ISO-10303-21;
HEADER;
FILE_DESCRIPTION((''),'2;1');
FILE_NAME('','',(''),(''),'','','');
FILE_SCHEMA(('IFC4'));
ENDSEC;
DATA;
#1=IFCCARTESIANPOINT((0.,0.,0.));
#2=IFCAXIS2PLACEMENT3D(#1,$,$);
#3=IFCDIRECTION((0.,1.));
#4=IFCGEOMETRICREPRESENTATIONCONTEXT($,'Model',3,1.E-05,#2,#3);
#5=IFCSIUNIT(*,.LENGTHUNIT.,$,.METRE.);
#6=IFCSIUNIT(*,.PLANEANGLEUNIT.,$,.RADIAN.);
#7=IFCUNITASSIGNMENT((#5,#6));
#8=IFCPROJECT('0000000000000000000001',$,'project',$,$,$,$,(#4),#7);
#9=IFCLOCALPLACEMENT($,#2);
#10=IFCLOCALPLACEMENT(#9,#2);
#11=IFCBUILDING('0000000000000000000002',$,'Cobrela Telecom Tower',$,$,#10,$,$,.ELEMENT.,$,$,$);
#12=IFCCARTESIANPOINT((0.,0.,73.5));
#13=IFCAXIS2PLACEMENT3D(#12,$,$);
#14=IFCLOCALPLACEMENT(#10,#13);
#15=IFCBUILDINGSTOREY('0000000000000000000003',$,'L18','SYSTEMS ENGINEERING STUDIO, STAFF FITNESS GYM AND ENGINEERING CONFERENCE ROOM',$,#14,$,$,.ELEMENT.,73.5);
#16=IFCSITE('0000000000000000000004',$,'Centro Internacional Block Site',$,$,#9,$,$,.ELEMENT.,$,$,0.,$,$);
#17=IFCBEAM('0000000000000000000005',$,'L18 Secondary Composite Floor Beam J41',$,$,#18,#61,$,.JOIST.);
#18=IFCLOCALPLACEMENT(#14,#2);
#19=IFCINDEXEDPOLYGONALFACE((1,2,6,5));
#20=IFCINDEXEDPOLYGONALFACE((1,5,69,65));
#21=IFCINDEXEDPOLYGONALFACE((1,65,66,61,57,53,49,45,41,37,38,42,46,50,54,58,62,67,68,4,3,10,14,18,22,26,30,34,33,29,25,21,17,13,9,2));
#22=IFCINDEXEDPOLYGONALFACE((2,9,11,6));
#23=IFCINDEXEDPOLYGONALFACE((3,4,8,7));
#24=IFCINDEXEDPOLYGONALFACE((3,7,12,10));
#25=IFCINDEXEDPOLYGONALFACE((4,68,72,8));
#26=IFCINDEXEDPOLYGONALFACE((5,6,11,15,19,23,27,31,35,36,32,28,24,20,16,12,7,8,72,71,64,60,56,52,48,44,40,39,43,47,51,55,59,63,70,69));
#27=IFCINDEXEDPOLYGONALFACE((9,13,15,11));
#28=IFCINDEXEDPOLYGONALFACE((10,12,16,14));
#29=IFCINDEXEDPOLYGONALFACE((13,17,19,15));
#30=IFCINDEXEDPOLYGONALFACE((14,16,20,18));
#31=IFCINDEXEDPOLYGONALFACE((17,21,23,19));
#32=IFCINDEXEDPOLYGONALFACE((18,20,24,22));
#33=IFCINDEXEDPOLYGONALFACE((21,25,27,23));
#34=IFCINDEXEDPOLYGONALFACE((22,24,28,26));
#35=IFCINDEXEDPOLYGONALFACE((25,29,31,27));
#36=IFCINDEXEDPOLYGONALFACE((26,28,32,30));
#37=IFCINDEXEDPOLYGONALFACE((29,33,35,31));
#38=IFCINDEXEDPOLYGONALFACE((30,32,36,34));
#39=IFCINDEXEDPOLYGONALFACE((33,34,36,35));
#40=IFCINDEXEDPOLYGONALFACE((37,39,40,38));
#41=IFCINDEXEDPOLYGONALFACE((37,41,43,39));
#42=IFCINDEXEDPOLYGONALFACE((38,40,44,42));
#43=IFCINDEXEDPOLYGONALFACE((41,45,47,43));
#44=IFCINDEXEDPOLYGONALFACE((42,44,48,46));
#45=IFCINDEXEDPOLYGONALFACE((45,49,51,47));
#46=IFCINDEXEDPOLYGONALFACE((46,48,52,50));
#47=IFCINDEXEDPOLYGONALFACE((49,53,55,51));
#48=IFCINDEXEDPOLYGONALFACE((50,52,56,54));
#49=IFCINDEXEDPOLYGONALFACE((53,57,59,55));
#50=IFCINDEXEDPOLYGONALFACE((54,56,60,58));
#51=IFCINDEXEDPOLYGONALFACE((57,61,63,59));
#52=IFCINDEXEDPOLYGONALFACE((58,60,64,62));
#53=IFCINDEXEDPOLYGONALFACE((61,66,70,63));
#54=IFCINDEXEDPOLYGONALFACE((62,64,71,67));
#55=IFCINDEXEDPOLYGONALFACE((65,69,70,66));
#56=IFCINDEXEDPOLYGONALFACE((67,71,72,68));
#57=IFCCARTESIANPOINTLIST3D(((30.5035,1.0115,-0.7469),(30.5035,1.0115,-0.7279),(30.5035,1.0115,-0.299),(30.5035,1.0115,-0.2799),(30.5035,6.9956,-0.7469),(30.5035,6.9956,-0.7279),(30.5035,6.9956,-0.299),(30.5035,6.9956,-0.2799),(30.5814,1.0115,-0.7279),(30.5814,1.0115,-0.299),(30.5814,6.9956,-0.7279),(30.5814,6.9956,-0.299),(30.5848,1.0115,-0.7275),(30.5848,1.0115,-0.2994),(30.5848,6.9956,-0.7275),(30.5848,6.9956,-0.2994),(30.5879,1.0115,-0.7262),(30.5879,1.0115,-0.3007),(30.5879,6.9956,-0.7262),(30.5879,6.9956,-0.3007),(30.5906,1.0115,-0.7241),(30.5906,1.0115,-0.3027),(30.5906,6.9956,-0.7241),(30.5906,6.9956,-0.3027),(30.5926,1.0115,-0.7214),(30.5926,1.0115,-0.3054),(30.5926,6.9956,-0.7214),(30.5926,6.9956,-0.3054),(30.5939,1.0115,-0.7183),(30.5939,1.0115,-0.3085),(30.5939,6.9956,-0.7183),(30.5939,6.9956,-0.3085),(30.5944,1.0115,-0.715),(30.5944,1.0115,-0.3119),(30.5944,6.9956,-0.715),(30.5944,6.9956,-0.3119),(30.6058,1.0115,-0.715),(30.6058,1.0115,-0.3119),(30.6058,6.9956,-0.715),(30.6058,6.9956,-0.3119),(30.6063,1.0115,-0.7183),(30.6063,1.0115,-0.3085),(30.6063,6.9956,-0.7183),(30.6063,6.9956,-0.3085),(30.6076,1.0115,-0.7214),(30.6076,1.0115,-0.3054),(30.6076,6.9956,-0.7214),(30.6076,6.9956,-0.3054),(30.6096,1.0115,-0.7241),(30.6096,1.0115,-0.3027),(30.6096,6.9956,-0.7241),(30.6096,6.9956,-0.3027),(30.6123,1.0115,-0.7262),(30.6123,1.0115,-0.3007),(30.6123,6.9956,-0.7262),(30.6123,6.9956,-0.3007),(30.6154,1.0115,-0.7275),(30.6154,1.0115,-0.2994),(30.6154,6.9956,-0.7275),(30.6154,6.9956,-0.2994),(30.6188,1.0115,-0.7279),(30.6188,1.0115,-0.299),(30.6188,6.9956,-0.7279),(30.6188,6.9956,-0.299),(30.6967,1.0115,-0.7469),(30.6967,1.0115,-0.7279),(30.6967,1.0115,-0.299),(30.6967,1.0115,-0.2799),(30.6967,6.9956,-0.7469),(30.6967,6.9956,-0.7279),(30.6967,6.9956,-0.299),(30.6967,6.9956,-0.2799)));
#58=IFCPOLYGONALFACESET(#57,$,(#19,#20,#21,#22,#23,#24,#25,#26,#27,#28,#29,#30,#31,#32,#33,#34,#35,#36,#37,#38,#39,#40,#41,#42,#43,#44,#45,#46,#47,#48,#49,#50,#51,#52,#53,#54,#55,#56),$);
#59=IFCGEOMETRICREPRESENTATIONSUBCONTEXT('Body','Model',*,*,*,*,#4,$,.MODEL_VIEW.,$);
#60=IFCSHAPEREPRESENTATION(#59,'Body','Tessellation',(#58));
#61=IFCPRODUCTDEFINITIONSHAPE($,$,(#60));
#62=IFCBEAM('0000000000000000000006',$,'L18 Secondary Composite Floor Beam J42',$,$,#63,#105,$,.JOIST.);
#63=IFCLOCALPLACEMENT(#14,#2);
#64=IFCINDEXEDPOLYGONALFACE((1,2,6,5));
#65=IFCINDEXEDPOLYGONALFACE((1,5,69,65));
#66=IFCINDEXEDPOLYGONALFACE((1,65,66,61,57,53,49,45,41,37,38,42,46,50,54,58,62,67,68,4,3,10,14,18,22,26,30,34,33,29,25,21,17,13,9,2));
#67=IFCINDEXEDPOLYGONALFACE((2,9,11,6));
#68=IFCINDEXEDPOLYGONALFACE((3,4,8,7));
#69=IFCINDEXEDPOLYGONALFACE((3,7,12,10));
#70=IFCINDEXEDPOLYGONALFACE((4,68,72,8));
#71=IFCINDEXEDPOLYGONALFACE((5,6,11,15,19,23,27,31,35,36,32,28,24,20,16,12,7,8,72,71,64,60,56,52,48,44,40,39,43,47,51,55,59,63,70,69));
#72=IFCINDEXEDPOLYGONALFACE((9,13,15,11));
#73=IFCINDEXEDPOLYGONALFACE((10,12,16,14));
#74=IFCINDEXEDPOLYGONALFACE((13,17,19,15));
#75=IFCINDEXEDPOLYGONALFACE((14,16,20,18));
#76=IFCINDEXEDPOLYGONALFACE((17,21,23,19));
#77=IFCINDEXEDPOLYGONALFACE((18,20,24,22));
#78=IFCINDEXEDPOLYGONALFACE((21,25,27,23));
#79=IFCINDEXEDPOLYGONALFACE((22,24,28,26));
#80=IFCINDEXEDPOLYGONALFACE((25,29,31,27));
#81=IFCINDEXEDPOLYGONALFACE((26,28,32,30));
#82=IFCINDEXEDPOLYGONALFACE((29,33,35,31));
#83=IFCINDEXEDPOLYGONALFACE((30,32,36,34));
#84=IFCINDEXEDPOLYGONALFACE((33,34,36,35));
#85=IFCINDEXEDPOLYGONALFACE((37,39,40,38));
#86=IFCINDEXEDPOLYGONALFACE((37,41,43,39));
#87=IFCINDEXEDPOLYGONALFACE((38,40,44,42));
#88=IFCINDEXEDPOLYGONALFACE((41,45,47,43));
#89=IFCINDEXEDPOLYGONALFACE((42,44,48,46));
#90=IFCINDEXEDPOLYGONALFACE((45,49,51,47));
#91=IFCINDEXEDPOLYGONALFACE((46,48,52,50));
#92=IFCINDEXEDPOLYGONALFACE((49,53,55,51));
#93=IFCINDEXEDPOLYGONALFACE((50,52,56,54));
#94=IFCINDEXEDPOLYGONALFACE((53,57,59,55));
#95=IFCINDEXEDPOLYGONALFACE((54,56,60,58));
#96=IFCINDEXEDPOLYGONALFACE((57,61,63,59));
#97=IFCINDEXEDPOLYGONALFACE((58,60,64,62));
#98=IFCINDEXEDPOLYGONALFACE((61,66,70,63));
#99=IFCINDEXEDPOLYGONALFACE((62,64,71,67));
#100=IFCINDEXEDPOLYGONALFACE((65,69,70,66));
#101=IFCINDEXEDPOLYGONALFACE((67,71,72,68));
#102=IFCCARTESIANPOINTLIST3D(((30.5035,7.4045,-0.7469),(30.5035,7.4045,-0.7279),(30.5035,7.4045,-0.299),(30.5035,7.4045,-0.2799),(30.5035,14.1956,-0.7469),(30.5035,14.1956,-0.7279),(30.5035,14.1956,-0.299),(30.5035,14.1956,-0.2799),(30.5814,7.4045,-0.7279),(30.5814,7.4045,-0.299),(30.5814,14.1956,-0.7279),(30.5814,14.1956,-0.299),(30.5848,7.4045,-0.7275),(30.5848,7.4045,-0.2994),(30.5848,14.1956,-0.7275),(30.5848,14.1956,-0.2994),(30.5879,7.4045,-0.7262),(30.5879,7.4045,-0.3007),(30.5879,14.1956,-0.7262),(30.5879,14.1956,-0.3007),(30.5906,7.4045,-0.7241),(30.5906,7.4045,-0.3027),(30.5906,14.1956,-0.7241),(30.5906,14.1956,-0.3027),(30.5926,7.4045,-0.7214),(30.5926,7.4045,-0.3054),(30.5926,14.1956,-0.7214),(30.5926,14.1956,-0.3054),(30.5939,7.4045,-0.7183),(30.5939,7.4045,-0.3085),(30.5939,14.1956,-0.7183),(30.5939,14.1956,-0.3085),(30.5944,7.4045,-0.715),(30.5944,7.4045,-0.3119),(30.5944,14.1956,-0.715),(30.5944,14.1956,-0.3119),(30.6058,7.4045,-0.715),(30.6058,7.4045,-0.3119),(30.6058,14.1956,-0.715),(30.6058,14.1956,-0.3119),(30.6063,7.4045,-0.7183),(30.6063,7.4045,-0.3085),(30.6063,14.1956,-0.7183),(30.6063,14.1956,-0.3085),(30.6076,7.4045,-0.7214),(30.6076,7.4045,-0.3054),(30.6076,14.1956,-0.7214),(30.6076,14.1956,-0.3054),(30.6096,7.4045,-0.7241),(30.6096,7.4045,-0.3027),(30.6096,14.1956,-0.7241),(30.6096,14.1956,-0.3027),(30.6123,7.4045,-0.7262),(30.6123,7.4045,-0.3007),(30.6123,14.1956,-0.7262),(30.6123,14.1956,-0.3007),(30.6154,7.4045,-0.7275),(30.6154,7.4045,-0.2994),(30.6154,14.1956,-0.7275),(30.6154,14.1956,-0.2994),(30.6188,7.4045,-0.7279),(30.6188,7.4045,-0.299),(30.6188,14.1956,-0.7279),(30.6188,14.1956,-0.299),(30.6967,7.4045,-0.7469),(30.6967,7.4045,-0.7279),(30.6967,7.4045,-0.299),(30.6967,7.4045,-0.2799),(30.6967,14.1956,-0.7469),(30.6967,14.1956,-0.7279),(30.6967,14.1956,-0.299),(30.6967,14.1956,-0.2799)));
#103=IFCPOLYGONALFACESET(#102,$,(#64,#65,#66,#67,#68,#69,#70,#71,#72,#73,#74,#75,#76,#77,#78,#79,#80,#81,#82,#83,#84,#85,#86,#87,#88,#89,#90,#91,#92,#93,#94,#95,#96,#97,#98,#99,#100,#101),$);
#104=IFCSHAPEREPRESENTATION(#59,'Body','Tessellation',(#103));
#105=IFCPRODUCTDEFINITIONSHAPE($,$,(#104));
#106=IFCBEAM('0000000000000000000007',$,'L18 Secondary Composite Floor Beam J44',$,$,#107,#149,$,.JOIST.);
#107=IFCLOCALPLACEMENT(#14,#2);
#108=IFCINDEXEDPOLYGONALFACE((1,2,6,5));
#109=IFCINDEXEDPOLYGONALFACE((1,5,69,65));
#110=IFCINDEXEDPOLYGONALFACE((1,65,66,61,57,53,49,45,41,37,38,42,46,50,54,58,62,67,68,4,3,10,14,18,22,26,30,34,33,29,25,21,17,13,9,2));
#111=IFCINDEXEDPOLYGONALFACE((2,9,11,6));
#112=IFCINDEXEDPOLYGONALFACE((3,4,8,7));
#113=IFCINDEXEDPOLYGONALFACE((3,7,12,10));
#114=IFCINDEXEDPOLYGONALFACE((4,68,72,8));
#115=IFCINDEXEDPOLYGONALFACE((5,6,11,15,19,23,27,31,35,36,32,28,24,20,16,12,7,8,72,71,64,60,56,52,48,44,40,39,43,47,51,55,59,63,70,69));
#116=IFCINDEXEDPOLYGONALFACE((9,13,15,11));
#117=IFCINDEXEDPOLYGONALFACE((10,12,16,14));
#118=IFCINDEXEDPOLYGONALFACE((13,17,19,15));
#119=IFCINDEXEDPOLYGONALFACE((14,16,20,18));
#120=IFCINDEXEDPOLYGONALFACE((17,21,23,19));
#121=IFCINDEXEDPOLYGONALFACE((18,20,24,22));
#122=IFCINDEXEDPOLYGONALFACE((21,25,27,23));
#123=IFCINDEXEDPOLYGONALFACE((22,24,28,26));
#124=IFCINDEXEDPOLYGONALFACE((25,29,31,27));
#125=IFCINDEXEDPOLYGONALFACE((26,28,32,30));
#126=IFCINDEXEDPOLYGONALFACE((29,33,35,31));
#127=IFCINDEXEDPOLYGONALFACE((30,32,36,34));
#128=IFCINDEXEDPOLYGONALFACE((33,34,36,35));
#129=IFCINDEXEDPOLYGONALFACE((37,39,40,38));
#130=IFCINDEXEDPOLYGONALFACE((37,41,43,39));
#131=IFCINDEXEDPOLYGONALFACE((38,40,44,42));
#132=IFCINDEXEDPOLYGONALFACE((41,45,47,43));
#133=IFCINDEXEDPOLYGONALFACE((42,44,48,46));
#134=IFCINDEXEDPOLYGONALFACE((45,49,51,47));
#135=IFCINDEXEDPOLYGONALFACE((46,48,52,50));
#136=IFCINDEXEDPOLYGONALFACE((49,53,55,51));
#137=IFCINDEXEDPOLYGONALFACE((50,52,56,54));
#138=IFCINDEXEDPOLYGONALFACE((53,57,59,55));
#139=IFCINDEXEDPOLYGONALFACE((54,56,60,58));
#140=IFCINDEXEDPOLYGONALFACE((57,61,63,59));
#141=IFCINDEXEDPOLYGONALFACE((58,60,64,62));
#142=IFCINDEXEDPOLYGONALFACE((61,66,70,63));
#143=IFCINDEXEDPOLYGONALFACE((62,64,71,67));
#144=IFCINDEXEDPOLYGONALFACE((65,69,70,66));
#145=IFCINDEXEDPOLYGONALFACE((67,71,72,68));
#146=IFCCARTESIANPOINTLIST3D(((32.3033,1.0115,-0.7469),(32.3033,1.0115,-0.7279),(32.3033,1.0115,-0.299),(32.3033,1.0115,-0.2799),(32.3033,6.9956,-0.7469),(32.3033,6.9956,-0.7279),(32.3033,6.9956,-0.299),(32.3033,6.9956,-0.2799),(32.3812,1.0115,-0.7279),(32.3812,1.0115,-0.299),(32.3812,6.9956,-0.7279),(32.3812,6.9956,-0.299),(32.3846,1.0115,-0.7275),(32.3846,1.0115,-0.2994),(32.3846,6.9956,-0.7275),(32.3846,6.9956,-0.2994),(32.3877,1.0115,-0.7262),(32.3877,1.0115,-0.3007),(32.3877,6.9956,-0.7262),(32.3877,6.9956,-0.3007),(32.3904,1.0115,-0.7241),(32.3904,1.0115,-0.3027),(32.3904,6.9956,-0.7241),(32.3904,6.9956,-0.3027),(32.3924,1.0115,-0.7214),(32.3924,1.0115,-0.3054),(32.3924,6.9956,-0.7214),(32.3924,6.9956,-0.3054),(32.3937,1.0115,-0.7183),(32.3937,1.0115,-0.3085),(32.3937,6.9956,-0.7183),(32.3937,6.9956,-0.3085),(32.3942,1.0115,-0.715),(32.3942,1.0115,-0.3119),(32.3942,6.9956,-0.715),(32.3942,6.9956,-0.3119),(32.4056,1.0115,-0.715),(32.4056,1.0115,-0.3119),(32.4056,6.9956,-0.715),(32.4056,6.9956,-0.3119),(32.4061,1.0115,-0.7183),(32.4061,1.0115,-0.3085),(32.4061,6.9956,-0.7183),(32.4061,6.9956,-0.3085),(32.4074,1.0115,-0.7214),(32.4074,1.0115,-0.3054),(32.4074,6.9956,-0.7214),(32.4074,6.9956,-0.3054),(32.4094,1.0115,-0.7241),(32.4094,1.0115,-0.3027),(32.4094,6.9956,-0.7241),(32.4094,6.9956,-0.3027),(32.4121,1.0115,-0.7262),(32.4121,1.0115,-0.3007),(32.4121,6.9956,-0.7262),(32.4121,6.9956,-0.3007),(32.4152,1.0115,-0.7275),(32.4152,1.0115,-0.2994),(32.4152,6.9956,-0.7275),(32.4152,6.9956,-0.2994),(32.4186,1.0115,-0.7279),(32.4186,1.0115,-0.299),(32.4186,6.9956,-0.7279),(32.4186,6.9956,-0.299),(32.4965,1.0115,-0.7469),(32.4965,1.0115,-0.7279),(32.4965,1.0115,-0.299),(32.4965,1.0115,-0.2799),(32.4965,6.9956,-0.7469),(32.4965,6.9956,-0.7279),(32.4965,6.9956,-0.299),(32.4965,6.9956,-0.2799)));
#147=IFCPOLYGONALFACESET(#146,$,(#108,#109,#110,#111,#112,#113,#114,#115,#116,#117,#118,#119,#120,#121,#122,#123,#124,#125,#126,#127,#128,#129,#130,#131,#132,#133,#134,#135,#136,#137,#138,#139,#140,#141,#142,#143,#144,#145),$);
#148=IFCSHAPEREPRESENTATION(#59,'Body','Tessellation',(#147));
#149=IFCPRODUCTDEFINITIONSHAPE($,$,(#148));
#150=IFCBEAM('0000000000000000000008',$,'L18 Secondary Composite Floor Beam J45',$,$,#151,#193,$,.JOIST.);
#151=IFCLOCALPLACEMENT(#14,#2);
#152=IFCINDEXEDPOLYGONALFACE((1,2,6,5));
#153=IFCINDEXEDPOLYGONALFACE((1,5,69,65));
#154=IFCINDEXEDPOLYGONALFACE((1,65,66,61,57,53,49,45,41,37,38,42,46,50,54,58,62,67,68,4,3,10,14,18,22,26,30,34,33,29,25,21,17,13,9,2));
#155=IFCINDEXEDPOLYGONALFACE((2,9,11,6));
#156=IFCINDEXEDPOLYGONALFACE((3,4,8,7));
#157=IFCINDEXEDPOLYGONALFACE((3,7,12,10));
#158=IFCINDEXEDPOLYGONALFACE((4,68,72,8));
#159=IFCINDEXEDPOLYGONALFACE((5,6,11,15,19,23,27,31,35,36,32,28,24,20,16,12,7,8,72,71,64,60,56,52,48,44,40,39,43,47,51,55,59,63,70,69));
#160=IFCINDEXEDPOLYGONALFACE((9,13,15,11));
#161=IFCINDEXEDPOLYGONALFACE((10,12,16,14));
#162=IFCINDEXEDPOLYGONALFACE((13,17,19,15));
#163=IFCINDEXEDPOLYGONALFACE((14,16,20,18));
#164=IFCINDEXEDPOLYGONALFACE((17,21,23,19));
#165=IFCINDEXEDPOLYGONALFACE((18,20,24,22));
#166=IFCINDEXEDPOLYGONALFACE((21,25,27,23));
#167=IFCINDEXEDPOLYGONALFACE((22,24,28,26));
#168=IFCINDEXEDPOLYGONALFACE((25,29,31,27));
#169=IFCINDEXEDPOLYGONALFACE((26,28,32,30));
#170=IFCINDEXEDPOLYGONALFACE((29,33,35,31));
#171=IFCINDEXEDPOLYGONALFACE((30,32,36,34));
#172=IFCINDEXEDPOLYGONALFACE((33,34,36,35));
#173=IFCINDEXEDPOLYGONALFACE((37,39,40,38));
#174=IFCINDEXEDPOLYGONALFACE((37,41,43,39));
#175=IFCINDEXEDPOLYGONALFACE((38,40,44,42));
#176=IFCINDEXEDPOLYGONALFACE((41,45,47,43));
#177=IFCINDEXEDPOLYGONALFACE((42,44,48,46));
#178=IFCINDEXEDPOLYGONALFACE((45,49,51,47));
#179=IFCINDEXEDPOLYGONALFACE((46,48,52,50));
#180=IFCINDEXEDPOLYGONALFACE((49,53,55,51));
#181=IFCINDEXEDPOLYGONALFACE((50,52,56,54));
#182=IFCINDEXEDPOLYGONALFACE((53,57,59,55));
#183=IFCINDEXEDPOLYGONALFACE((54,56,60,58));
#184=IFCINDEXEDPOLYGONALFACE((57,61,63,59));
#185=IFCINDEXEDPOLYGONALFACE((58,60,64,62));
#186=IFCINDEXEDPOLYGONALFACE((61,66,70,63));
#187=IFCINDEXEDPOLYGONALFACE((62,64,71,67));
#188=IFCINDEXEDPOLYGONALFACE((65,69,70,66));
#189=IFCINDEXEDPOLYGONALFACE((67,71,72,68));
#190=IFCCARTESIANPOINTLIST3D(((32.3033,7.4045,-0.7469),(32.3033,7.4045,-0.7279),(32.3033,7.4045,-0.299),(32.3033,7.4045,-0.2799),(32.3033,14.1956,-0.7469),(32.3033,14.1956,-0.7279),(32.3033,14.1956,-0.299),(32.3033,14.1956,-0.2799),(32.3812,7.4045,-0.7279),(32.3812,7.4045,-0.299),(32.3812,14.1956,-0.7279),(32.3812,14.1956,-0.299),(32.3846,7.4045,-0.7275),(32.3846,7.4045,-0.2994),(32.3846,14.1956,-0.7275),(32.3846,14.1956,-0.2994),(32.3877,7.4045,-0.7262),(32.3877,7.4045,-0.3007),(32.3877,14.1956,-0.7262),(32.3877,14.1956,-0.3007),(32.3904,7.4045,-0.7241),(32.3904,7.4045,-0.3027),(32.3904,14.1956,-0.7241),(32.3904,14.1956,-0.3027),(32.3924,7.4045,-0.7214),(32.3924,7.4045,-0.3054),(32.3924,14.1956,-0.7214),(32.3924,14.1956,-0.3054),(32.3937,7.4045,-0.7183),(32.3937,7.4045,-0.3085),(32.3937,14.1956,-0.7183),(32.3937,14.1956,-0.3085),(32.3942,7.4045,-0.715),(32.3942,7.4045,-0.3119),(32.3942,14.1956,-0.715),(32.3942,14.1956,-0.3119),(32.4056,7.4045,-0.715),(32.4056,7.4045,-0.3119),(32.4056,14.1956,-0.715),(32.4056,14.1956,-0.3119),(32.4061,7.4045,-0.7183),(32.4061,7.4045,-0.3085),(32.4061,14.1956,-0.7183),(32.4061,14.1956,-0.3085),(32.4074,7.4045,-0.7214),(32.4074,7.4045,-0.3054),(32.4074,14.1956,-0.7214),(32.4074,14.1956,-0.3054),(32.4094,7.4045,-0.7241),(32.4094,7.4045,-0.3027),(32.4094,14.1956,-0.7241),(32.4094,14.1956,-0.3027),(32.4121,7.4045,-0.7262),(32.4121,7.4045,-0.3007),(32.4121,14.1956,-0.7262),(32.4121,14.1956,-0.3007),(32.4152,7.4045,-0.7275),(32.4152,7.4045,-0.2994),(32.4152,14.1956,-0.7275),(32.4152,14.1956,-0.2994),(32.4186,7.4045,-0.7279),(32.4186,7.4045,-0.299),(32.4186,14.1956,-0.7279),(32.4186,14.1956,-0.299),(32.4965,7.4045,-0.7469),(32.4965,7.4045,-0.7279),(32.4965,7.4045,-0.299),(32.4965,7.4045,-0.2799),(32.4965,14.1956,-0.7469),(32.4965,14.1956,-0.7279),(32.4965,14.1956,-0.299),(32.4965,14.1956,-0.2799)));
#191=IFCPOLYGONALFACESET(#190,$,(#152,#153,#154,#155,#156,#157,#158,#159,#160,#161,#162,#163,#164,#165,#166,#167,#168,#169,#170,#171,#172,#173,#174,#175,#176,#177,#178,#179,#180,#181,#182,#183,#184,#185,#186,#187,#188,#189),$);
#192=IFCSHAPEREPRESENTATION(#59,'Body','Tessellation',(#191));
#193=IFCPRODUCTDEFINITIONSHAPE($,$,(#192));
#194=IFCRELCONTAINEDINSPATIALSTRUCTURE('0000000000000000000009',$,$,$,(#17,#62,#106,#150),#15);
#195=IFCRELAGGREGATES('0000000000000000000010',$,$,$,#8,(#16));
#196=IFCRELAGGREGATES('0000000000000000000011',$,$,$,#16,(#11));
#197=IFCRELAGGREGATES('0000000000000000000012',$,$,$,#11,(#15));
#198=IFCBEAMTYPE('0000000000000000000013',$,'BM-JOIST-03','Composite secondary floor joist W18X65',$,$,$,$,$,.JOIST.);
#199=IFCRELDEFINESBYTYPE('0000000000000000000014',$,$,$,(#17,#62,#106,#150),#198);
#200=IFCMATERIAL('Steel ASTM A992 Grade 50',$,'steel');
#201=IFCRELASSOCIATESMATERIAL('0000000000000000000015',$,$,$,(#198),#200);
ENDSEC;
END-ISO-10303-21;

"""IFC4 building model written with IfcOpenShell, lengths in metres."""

from ifc_helpers import new_model, si_unit, direction, frame, origin, origin_2d, place, context, subcontext, project, spatial, i_section, extrude, material, material_profile, profile_set, type_object, element, save


model = new_model("IFC4")

# Units and contexts
model_context = context("Model", 3, precision=1e-05, world=origin(), true_north=direction((0.0, 1.0)))
body_context = subcontext(model_context, "Body", "Model", "MODEL_VIEW")
ifc_project = project(units=[si_unit("LENGTHUNIT", "METRE"), si_unit("PLANEANGLEUNIT", "RADIAN")], contexts=[model_context])

# Site, building, storey
site_placement = place(None, origin())
site = spatial("IfcSite", under=ifc_project, at=site_placement, Name="Centro Internacional Block Site", CompositionType="ELEMENT", RefElevation=0.0)
building_placement = place(site_placement, origin())
building = spatial("IfcBuilding", under=site, at=building_placement, Name="Cobrela Telecom Tower", CompositionType="ELEMENT")
storey_placement = place(building_placement, frame((0.0, 0.0, 73.5)))
storey = spatial("IfcBuildingStorey", under=building, at=storey_placement, Name="L18", Description="SYSTEMS ENGINEERING STUDIO, STAFF FITNESS GYM AND ENGINEERING CONFERENCE ROOM", CompositionType="ELEMENT", Elevation=73.5)

# Shared definitions
ifc_material_1 = material(Name="Steel ASTM A992 Grade 50", Category="steel")

# Beams
ifc_material_profile_1 = material_profile(ifc_material_1, i_section(OverallWidth=0.1931, OverallDepth=0.467, WebThickness=0.0115, FlangeThickness=0.019, FilletRadius=0.0129, at=origin_2d()), Name="W18X65")
ifc_profile_set_1 = profile_set([ifc_material_profile_1], Name="Steel ASTM A992 Grade 50")
beam_type_1 = type_object("IfcBeamType", Name="BM-JOIST-03", Description="Composite secondary floor joist W18X65", PredefinedType="JOIST", material=ifc_profile_set_1)
beam_1_placement = place(storey_placement, frame((30.6001, 1.0115, -0.5134), z_axis=(0.0, 1.0, 0.0), x_axis=(-1.0, 0.0, 0.0)))
element("IfcBeam", 1, at=beam_1_placement, inside=storey, type_object=beam_type_1, Name="L18 Secondary Composite Floor Beam J41", PredefinedType="JOIST", context=body_context, shape_type="SweptSolid", body=[
    extrude(i_section(OverallWidth=0.1931, OverallDepth=0.467, WebThickness=0.0115, FlangeThickness=0.019, FilletRadius=0.0129, at=origin_2d()), origin(), (0.0, 0.0, 1.0), 5.9841),
])
beam_2_placement = place(storey_placement, frame((30.6001, 7.4045, -0.5134), z_axis=(0.0, 1.0, 0.0), x_axis=(-1.0, 0.0, 0.0)))
element("IfcBeam", 2, at=beam_2_placement, inside=storey, type_object=beam_type_1, Name="L18 Secondary Composite Floor Beam J42", PredefinedType="JOIST", context=body_context, shape_type="SweptSolid", body=[
    extrude(i_section(OverallWidth=0.1931, OverallDepth=0.467, WebThickness=0.0115, FlangeThickness=0.019, FilletRadius=0.0129, at=origin_2d()), origin(), (0.0, 0.0, 1.0), 6.791),
])
beam_3_placement = place(storey_placement, frame((32.3999, 1.0115, -0.5134), z_axis=(0.0, 1.0, 0.0), x_axis=(-1.0, 0.0, 0.0)))
element("IfcBeam", 3, at=beam_3_placement, inside=storey, type_object=beam_type_1, Name="L18 Secondary Composite Floor Beam J44", PredefinedType="JOIST", context=body_context, shape_type="SweptSolid", body=[
    extrude(i_section(OverallWidth=0.1931, OverallDepth=0.467, WebThickness=0.0115, FlangeThickness=0.019, FilletRadius=0.0129, at=origin_2d()), origin(), (0.0, 0.0, 1.0), 5.9841),
])
beam_4_placement = place(storey_placement, frame((32.3999, 7.4045, -0.5134), z_axis=(0.0, 1.0, 0.0), x_axis=(-1.0, 0.0, 0.0)))
element("IfcBeam", 4, at=beam_4_placement, inside=storey, type_object=beam_type_1, Name="L18 Secondary Composite Floor Beam J45", PredefinedType="JOIST", context=body_context, shape_type="SweptSolid", body=[
    extrude(i_section(OverallWidth=0.1931, OverallDepth=0.467, WebThickness=0.0115, FlangeThickness=0.019, FilletRadius=0.0129, at=origin_2d()), origin(), (0.0, 0.0, 1.0), 6.791),
])

save(model, "model.ifc")
